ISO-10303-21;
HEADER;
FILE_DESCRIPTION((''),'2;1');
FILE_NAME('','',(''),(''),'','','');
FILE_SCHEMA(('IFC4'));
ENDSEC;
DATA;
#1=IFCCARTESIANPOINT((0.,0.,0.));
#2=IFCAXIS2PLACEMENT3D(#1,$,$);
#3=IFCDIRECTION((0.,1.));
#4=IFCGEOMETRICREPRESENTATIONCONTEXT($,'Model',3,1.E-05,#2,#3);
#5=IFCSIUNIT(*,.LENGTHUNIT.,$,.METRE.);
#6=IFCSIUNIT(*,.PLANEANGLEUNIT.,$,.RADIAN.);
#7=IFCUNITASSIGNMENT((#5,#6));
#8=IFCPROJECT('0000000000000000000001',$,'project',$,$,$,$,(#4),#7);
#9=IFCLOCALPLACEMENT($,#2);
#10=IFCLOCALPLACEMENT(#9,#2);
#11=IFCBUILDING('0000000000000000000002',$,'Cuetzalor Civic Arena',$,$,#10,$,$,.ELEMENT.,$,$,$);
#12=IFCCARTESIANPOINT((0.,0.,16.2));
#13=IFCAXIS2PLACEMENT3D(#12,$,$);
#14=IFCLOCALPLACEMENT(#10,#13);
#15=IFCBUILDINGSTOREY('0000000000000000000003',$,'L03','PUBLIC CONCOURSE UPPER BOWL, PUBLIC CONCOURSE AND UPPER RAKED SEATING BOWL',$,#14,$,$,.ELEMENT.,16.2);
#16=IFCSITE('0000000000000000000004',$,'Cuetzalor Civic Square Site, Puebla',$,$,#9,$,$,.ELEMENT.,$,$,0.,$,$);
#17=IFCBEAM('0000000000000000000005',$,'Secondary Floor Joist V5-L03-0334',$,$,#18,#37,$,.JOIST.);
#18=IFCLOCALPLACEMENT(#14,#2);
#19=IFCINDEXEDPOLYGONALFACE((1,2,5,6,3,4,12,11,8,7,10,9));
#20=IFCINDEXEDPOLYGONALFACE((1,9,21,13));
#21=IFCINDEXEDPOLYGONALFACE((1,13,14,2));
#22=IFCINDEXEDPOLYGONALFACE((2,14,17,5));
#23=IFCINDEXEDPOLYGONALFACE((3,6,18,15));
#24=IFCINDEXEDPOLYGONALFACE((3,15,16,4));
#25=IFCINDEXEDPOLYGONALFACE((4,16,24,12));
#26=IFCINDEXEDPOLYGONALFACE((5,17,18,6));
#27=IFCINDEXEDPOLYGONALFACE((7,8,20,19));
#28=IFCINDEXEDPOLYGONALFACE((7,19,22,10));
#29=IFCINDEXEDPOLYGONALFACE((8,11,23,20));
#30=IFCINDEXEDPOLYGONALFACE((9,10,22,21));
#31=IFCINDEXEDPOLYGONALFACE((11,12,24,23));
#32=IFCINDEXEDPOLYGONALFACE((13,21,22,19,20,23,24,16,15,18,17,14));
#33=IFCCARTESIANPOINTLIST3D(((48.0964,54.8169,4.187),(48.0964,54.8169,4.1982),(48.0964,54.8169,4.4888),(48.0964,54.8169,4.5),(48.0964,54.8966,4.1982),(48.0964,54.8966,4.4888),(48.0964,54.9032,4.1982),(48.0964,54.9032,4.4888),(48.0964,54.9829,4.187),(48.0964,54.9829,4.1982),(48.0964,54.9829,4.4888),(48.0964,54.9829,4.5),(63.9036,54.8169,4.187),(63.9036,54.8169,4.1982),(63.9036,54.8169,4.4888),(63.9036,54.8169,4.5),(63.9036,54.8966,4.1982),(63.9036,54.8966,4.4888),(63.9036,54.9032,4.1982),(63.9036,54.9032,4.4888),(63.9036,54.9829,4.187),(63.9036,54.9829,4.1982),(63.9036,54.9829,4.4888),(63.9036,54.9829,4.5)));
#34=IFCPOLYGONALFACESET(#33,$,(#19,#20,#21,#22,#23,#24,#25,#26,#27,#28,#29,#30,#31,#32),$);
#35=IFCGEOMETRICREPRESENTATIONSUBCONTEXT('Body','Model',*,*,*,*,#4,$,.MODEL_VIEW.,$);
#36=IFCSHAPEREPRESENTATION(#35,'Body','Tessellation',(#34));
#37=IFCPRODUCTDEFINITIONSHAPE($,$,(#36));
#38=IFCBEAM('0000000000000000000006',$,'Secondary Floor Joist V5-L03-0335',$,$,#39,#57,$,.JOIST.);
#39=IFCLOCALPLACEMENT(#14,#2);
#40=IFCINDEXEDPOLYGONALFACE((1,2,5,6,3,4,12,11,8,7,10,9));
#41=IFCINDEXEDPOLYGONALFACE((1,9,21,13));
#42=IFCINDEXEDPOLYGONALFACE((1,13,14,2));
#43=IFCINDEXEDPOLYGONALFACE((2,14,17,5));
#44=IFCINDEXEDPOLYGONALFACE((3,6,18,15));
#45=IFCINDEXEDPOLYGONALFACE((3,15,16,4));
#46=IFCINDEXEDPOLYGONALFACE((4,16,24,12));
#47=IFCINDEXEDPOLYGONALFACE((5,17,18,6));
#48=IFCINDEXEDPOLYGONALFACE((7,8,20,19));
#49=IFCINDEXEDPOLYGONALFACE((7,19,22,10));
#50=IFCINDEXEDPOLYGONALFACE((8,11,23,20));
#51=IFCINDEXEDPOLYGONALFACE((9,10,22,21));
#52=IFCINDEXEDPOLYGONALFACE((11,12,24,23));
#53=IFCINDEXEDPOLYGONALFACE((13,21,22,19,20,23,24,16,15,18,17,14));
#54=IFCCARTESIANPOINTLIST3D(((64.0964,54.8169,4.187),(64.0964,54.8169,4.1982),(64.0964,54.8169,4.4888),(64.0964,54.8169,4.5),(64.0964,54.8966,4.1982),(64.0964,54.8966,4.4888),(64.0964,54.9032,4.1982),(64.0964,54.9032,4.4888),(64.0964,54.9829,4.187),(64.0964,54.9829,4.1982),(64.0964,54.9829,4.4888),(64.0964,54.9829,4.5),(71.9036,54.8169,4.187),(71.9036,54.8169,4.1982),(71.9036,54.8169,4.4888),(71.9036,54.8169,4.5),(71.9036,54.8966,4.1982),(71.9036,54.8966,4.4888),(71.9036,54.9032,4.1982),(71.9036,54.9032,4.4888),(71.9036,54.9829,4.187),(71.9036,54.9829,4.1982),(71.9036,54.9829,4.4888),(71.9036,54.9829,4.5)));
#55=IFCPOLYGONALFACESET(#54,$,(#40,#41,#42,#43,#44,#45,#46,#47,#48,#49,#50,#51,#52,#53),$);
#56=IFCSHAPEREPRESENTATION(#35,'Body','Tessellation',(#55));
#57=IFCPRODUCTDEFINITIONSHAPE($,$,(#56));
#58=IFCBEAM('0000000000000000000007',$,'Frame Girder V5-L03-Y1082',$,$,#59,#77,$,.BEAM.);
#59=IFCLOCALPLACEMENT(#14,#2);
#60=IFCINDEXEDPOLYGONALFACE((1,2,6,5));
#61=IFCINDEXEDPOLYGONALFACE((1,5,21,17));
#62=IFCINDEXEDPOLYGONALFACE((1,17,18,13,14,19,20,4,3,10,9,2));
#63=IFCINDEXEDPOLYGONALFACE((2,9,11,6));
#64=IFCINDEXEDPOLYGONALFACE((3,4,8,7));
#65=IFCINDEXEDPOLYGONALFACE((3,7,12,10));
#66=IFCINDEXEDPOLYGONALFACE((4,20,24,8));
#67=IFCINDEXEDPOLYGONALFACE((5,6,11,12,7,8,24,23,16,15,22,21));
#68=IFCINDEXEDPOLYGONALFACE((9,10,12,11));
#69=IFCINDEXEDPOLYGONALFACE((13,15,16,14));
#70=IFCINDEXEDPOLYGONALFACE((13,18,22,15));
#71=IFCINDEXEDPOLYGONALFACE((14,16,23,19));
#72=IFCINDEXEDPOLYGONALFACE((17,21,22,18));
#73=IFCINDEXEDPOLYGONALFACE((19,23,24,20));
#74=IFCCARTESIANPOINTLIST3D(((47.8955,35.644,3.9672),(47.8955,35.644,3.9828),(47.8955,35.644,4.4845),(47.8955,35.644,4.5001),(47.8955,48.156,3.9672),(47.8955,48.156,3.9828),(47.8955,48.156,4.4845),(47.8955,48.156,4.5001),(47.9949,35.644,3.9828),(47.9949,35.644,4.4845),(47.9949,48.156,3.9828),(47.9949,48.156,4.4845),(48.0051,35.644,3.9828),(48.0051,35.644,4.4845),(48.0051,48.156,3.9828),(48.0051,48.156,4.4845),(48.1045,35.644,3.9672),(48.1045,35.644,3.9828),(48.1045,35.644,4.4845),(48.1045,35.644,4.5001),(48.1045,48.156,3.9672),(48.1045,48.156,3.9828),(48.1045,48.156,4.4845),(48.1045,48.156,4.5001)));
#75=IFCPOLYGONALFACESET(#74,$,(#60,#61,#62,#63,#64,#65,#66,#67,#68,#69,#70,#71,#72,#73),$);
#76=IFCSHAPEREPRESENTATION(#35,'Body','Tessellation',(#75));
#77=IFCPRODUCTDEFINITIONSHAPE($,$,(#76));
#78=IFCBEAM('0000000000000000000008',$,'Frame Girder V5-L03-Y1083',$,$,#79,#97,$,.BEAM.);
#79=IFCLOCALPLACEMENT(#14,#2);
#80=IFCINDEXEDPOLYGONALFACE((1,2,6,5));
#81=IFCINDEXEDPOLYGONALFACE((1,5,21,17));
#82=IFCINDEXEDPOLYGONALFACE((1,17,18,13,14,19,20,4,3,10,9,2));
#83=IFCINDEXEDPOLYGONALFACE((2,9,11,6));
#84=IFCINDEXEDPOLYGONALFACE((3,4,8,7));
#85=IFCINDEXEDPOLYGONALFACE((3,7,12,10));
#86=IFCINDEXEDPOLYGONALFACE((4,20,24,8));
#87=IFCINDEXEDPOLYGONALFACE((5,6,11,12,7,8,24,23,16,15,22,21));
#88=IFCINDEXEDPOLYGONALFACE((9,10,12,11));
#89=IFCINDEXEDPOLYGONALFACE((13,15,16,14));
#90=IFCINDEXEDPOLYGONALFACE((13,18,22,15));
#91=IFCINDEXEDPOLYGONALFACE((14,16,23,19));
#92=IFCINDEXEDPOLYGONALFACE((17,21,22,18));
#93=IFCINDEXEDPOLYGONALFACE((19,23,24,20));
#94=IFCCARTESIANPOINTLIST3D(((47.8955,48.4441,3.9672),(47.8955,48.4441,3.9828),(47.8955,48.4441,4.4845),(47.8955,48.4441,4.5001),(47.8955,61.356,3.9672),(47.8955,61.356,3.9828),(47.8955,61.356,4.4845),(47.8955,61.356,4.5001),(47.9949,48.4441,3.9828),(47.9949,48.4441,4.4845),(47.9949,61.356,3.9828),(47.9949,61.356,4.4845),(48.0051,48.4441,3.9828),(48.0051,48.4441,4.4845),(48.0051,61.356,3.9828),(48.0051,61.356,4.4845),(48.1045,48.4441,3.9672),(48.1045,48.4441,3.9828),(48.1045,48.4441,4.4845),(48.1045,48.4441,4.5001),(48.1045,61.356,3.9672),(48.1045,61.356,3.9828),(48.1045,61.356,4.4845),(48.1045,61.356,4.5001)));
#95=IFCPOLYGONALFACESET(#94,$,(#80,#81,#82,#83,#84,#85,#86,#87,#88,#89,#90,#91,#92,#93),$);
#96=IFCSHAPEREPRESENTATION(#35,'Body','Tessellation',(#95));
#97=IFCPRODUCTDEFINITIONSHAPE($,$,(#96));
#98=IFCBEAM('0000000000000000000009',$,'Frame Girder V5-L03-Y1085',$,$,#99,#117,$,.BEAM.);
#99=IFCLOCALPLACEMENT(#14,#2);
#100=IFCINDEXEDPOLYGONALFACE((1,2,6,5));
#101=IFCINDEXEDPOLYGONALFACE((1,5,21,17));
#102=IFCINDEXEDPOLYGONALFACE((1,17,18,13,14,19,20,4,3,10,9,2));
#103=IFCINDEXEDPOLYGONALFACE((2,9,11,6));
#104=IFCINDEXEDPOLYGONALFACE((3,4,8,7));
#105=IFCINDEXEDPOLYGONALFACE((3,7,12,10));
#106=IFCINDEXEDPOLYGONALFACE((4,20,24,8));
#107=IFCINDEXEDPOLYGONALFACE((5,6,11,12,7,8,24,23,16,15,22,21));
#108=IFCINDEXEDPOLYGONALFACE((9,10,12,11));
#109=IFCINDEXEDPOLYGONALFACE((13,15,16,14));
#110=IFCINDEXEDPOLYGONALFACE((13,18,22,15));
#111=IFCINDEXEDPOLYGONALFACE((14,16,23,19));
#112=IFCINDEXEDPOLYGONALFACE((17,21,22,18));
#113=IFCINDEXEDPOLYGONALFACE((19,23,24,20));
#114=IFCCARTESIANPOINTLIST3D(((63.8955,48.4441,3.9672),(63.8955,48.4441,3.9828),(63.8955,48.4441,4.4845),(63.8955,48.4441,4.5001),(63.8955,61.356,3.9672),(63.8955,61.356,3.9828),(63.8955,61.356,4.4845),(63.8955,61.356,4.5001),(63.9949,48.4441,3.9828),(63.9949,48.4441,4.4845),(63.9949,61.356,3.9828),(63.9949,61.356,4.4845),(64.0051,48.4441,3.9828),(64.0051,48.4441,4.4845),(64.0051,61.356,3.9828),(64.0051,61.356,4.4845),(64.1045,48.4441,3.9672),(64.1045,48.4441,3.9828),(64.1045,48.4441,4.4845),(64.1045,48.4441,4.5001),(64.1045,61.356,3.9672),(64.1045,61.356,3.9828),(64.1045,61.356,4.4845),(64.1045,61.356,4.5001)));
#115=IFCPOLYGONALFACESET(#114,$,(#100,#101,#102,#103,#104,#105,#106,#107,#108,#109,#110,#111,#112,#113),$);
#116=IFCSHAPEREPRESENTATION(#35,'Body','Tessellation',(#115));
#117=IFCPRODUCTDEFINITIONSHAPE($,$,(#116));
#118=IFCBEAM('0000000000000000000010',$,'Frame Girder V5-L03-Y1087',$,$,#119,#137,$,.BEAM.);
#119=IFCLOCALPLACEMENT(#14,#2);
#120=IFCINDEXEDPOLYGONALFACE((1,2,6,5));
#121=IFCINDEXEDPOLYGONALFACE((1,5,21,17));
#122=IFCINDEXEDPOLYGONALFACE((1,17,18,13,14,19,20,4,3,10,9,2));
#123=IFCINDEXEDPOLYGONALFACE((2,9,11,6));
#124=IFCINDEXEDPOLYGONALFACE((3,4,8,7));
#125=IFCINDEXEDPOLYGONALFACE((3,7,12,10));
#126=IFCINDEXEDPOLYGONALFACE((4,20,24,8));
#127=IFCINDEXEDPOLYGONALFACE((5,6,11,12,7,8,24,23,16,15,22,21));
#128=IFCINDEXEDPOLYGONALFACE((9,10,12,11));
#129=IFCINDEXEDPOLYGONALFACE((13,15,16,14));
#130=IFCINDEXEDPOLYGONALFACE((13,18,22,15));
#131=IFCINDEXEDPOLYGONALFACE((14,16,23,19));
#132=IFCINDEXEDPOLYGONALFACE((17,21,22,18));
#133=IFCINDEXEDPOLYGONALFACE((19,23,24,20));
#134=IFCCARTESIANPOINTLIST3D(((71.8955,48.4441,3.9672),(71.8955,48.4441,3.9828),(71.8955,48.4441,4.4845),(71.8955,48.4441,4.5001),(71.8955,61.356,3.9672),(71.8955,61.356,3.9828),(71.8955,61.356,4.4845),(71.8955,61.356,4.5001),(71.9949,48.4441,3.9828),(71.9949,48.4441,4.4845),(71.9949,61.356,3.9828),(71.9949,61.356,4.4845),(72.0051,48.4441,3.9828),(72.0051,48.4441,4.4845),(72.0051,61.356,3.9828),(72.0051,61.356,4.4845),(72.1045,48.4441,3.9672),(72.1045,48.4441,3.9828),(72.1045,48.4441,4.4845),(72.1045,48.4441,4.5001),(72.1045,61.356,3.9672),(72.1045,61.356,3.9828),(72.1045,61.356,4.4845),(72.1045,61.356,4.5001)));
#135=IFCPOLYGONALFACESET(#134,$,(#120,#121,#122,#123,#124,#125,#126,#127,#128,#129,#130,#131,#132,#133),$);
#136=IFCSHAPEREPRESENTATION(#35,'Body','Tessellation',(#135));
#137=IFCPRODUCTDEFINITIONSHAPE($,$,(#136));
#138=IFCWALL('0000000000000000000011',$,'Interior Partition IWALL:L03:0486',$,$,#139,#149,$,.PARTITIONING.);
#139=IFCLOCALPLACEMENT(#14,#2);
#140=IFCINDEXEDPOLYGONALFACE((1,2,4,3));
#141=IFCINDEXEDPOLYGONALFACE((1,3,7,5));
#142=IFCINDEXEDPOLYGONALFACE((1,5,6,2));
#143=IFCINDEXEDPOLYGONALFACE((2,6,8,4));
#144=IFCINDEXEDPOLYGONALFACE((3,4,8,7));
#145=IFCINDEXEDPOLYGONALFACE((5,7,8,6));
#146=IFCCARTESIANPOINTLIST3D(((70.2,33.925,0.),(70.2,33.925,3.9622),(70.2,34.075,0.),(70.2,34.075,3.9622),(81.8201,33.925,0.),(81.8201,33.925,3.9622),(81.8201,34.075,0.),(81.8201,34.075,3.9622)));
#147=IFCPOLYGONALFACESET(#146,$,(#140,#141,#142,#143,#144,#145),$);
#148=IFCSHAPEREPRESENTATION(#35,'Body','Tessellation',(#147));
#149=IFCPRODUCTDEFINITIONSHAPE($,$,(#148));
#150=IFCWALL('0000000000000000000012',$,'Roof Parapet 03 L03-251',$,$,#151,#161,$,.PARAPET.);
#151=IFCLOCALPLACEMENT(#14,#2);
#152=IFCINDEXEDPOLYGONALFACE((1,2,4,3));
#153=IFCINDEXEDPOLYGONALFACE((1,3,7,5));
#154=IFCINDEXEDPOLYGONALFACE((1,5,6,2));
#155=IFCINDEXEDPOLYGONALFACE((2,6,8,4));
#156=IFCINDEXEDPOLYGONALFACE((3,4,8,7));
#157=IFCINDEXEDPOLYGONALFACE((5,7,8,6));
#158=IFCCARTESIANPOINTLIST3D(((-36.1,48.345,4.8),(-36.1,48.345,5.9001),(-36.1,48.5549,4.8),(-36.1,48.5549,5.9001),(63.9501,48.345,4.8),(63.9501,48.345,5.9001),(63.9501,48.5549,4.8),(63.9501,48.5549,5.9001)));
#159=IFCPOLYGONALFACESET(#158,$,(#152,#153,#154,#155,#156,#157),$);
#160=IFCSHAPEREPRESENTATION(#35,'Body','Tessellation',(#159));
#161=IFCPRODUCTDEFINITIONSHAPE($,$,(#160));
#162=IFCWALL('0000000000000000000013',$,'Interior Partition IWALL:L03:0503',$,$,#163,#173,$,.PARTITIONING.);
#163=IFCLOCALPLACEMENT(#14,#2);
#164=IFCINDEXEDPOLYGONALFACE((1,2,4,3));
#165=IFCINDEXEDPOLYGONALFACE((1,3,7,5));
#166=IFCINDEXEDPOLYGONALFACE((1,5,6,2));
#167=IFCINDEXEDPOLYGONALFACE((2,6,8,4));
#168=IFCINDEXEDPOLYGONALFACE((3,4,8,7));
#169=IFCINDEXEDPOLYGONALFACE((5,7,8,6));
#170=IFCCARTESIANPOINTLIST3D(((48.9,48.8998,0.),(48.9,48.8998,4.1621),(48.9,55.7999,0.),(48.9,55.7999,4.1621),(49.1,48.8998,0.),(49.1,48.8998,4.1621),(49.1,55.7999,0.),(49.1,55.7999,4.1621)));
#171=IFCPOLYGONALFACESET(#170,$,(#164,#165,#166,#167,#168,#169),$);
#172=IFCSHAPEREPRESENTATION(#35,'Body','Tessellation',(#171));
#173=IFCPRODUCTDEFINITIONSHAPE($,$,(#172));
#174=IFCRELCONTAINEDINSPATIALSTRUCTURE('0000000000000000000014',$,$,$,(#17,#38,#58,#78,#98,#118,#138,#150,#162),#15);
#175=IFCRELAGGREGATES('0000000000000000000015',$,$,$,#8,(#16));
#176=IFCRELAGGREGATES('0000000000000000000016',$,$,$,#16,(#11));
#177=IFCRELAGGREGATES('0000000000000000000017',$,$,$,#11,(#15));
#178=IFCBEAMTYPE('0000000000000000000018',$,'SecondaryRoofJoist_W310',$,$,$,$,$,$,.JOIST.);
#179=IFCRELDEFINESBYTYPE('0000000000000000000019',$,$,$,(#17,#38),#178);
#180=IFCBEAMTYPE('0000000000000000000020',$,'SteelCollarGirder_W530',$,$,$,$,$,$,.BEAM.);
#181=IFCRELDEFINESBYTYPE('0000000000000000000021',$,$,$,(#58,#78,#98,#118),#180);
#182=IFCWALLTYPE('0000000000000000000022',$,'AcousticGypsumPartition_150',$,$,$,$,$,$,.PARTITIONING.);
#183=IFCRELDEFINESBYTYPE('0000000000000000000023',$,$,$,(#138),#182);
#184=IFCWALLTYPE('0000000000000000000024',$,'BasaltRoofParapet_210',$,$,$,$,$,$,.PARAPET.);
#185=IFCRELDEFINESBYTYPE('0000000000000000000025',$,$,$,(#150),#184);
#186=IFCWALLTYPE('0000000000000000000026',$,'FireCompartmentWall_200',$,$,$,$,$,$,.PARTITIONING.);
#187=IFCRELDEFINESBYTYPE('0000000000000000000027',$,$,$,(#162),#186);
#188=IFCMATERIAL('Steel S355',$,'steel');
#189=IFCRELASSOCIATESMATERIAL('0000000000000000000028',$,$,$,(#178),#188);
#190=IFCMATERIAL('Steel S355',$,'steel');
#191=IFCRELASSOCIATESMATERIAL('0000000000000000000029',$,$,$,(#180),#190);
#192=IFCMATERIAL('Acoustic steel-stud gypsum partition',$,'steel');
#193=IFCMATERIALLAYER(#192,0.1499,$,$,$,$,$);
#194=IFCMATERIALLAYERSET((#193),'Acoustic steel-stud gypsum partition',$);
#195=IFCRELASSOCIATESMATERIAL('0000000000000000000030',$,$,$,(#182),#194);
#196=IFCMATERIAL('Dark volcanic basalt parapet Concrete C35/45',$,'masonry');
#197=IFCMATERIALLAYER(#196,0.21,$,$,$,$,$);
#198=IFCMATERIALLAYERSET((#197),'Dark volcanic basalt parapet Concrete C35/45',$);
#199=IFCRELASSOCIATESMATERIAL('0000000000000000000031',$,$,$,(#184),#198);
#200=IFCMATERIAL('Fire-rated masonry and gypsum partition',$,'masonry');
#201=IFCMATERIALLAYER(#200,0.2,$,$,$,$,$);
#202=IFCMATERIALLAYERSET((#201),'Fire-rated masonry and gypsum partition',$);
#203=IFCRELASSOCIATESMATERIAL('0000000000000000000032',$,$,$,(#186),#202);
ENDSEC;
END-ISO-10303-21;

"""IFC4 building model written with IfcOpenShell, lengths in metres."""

from ifc_helpers import new_model, si_unit, direction, frame, frame_2d, origin, origin_2d, place, context, subcontext, project, spatial, rectangle, i_section, extrude, material, layer, layer_set, material_profile, profile_set, type_object, element, save


model = new_model("IFC4")

# Units and contexts
model_context = context("Model", 3, precision=1e-05, world=origin(), true_north=direction((0.0, 1.0)))
body_context = subcontext(model_context, "Body", "Model", "MODEL_VIEW")
ifc_project = project(units=[si_unit("LENGTHUNIT", "METRE"), si_unit("PLANEANGLEUNIT", "RADIAN")], contexts=[model_context])

# Site, building, storey
site_placement = place(None, origin())
site = spatial("IfcSite", under=ifc_project, at=site_placement, Name="Cuetzalor Civic Square Site, Puebla", CompositionType="ELEMENT", RefElevation=0.0)
building_placement = place(site_placement, origin())
building = spatial("IfcBuilding", under=site, at=building_placement, Name="Cuetzalor Civic Arena", CompositionType="ELEMENT")
storey_placement = place(building_placement, frame((0.0, 0.0, 16.2)))
storey = spatial("IfcBuildingStorey", under=building, at=storey_placement, Name="L03", Description="PUBLIC CONCOURSE UPPER BOWL, PUBLIC CONCOURSE AND UPPER RAKED SEATING BOWL", CompositionType="ELEMENT", Elevation=16.2)

# Beams
ifc_material_1 = material(Name="Steel S355", Category="steel")
ifc_material_profile_1 = material_profile(ifc_material_1, i_section(OverallWidth=0.166, OverallDepth=0.313, WebThickness=0.0066, FlangeThickness=0.0112, at=origin_2d()), Name="W310x45")
ifc_profile_set_1 = profile_set([ifc_material_profile_1], Name="Steel S355")
beam_type_1 = type_object("IfcBeamType", Name="SecondaryRoofJoist_W310", PredefinedType="JOIST", material=ifc_profile_set_1)
beam_1_placement = place(storey_placement, frame((48.0964, 54.8999, 4.3435), z_axis=(1.0, 0.0, 0.0), x_axis=(0.0, 1.0, 0.0)))
element("IfcBeam", 1, at=beam_1_placement, inside=storey, type_object=beam_type_1, Name="Secondary Floor Joist V5-L03-0334", PredefinedType="JOIST", context=body_context, shape_type="SweptSolid", body=[
    extrude(i_section(OverallWidth=0.166, OverallDepth=0.313, WebThickness=0.0066, FlangeThickness=0.0112, at=origin_2d()), origin(), (0.0, 0.0, 1.0), 15.8071),
])
beam_2_placement = place(storey_placement, frame((64.0964, 54.8999, 4.3435), z_axis=(1.0, 0.0, 0.0), x_axis=(0.0, 1.0, 0.0)))
element("IfcBeam", 2, at=beam_2_placement, inside=storey, type_object=beam_type_1, Name="Secondary Floor Joist V5-L03-0335", PredefinedType="JOIST", context=body_context, shape_type="SweptSolid", body=[
    extrude(i_section(OverallWidth=0.166, OverallDepth=0.313, WebThickness=0.0066, FlangeThickness=0.0112, at=origin_2d()), origin(), (0.0, 0.0, 1.0), 7.8071),
])
ifc_material_2 = material(Name="Steel S355", Category="steel")
ifc_material_profile_2 = material_profile(ifc_material_2, i_section(OverallWidth=0.209, OverallDepth=0.533, WebThickness=0.0103, FlangeThickness=0.0156, at=origin_2d()), Name="W530x92")
ifc_profile_set_2 = profile_set([ifc_material_profile_2], Name="Steel S355")
beam_type_2 = type_object("IfcBeamType", Name="SteelCollarGirder_W530", PredefinedType="BEAM", material=ifc_profile_set_2)
beam_3_placement = place(storey_placement, frame((48.0, 35.644, 4.2336), z_axis=(0.0, 1.0, 0.0), x_axis=(-1.0, 0.0, 0.0)))
element("IfcBeam", 3, at=beam_3_placement, inside=storey, type_object=beam_type_2, Name="Frame Girder V5-L03-Y1082", PredefinedType="BEAM", context=body_context, shape_type="SweptSolid", body=[
    extrude(i_section(OverallWidth=0.209, OverallDepth=0.533, WebThickness=0.0103, FlangeThickness=0.0156, at=origin_2d()), origin(), (0.0, 0.0, 1.0), 12.512),
])
for number, where, z_axis, x_axis, name in (
    (4, (48.0, 48.4441, 4.2336), (0.0, 1.0, 0.0), (-1.0, 0.0, 0.0), "Frame Girder V5-L03-Y1083"),
    (5, (64.0, 48.4441, 4.2336), (0.0, 1.0, 0.0), (-1.0, 0.0, 0.0), "Frame Girder V5-L03-Y1085"),
    (6, (72.0, 48.4441, 4.2336), (0.0, 1.0, 0.0), (-1.0, 0.0, 0.0), "Frame Girder V5-L03-Y1087"),
):
    element("IfcBeam", number, at=place(storey_placement, frame(where, z_axis=z_axis, x_axis=x_axis)), inside=storey, type_object=beam_type_2, Name=name, PredefinedType="BEAM", context=body_context, shape_type="SweptSolid", body=[
        extrude(i_section(OverallWidth=0.209, OverallDepth=0.533, WebThickness=0.0103, FlangeThickness=0.0156, at=origin_2d()), origin(), (0.0, 0.0, 1.0), 12.9119),
    ])

# Walls
ifc_material_3 = material(Name="Acoustic steel-stud gypsum partition", Category="steel")
ifc_layer_1 = layer(ifc_material_3, 0.1499)
ifc_layer_set_1 = layer_set([ifc_layer_1], Name="Acoustic steel-stud gypsum partition")
wall_type_1 = type_object("IfcWallType", Name="AcousticGypsumPartition_150", PredefinedType="PARTITIONING", material=ifc_layer_set_1)
wall_1_placement = place(storey_placement, frame((70.2, 34.0, 0.0), z_axis=(0.0, 0.0, 1.0), x_axis=(1.0, 0.0, 0.0)))
element("IfcWall", 7, at=wall_1_placement, inside=storey, type_object=wall_type_1, Name="Interior Partition IWALL:L03:0486", PredefinedType="PARTITIONING", context=body_context, shape_type="SweptSolid", body=[
    extrude(rectangle(XDim=11.6201, YDim=0.1499, at=frame_2d((5.8101, 0.0))), origin(), (0.0, 0.0, 1.0), 3.9622),
])
ifc_material_4 = material(Name="Dark volcanic basalt parapet Concrete C35/45", Category="masonry")
ifc_layer_2 = layer(ifc_material_4, 0.21)
ifc_layer_set_2 = layer_set([ifc_layer_2], Name="Dark volcanic basalt parapet Concrete C35/45")
wall_type_2 = type_object("IfcWallType", Name="BasaltRoofParapet_210", PredefinedType="PARAPET", material=ifc_layer_set_2)
wall_2_placement = place(storey_placement, frame((63.95, 48.45, 4.8), z_axis=(0.0, 0.0, 1.0), x_axis=(-1.0, 0.0, 0.0)))
element("IfcWall", 8, at=wall_2_placement, inside=storey, type_object=wall_type_2, Name="Roof Parapet 03 L03-251", PredefinedType="PARAPET", context=body_context, shape_type="SweptSolid", body=[
    extrude(rectangle(XDim=100.05, YDim=0.21, at=frame_2d((50.0249, 0.0))), origin(), (0.0, 0.0, 1.0), 1.1001),
])
ifc_material_5 = material(Name="Fire-rated masonry and gypsum partition", Category="masonry")
ifc_layer_3 = layer(ifc_material_5, 0.2)
ifc_layer_set_3 = layer_set([ifc_layer_3], Name="Fire-rated masonry and gypsum partition")
wall_type_3 = type_object("IfcWallType", Name="FireCompartmentWall_200", PredefinedType="PARTITIONING", material=ifc_layer_set_3)
wall_3_placement = place(storey_placement, frame((49.0, 55.8, 0.0), z_axis=(0.0, 0.0, 1.0), x_axis=(0.0, -1.0, 0.0)))
element("IfcWall", 9, at=wall_3_placement, inside=storey, type_object=wall_type_3, Name="Interior Partition IWALL:L03:0503", PredefinedType="PARTITIONING", context=body_context, shape_type="SweptSolid", body=[
    extrude(rectangle(XDim=6.9001, YDim=0.2, at=frame_2d((3.4502, 0.0))), origin(), (0.0, 0.0, 1.0), 4.1621),
])

save(model, "model.ifc")
